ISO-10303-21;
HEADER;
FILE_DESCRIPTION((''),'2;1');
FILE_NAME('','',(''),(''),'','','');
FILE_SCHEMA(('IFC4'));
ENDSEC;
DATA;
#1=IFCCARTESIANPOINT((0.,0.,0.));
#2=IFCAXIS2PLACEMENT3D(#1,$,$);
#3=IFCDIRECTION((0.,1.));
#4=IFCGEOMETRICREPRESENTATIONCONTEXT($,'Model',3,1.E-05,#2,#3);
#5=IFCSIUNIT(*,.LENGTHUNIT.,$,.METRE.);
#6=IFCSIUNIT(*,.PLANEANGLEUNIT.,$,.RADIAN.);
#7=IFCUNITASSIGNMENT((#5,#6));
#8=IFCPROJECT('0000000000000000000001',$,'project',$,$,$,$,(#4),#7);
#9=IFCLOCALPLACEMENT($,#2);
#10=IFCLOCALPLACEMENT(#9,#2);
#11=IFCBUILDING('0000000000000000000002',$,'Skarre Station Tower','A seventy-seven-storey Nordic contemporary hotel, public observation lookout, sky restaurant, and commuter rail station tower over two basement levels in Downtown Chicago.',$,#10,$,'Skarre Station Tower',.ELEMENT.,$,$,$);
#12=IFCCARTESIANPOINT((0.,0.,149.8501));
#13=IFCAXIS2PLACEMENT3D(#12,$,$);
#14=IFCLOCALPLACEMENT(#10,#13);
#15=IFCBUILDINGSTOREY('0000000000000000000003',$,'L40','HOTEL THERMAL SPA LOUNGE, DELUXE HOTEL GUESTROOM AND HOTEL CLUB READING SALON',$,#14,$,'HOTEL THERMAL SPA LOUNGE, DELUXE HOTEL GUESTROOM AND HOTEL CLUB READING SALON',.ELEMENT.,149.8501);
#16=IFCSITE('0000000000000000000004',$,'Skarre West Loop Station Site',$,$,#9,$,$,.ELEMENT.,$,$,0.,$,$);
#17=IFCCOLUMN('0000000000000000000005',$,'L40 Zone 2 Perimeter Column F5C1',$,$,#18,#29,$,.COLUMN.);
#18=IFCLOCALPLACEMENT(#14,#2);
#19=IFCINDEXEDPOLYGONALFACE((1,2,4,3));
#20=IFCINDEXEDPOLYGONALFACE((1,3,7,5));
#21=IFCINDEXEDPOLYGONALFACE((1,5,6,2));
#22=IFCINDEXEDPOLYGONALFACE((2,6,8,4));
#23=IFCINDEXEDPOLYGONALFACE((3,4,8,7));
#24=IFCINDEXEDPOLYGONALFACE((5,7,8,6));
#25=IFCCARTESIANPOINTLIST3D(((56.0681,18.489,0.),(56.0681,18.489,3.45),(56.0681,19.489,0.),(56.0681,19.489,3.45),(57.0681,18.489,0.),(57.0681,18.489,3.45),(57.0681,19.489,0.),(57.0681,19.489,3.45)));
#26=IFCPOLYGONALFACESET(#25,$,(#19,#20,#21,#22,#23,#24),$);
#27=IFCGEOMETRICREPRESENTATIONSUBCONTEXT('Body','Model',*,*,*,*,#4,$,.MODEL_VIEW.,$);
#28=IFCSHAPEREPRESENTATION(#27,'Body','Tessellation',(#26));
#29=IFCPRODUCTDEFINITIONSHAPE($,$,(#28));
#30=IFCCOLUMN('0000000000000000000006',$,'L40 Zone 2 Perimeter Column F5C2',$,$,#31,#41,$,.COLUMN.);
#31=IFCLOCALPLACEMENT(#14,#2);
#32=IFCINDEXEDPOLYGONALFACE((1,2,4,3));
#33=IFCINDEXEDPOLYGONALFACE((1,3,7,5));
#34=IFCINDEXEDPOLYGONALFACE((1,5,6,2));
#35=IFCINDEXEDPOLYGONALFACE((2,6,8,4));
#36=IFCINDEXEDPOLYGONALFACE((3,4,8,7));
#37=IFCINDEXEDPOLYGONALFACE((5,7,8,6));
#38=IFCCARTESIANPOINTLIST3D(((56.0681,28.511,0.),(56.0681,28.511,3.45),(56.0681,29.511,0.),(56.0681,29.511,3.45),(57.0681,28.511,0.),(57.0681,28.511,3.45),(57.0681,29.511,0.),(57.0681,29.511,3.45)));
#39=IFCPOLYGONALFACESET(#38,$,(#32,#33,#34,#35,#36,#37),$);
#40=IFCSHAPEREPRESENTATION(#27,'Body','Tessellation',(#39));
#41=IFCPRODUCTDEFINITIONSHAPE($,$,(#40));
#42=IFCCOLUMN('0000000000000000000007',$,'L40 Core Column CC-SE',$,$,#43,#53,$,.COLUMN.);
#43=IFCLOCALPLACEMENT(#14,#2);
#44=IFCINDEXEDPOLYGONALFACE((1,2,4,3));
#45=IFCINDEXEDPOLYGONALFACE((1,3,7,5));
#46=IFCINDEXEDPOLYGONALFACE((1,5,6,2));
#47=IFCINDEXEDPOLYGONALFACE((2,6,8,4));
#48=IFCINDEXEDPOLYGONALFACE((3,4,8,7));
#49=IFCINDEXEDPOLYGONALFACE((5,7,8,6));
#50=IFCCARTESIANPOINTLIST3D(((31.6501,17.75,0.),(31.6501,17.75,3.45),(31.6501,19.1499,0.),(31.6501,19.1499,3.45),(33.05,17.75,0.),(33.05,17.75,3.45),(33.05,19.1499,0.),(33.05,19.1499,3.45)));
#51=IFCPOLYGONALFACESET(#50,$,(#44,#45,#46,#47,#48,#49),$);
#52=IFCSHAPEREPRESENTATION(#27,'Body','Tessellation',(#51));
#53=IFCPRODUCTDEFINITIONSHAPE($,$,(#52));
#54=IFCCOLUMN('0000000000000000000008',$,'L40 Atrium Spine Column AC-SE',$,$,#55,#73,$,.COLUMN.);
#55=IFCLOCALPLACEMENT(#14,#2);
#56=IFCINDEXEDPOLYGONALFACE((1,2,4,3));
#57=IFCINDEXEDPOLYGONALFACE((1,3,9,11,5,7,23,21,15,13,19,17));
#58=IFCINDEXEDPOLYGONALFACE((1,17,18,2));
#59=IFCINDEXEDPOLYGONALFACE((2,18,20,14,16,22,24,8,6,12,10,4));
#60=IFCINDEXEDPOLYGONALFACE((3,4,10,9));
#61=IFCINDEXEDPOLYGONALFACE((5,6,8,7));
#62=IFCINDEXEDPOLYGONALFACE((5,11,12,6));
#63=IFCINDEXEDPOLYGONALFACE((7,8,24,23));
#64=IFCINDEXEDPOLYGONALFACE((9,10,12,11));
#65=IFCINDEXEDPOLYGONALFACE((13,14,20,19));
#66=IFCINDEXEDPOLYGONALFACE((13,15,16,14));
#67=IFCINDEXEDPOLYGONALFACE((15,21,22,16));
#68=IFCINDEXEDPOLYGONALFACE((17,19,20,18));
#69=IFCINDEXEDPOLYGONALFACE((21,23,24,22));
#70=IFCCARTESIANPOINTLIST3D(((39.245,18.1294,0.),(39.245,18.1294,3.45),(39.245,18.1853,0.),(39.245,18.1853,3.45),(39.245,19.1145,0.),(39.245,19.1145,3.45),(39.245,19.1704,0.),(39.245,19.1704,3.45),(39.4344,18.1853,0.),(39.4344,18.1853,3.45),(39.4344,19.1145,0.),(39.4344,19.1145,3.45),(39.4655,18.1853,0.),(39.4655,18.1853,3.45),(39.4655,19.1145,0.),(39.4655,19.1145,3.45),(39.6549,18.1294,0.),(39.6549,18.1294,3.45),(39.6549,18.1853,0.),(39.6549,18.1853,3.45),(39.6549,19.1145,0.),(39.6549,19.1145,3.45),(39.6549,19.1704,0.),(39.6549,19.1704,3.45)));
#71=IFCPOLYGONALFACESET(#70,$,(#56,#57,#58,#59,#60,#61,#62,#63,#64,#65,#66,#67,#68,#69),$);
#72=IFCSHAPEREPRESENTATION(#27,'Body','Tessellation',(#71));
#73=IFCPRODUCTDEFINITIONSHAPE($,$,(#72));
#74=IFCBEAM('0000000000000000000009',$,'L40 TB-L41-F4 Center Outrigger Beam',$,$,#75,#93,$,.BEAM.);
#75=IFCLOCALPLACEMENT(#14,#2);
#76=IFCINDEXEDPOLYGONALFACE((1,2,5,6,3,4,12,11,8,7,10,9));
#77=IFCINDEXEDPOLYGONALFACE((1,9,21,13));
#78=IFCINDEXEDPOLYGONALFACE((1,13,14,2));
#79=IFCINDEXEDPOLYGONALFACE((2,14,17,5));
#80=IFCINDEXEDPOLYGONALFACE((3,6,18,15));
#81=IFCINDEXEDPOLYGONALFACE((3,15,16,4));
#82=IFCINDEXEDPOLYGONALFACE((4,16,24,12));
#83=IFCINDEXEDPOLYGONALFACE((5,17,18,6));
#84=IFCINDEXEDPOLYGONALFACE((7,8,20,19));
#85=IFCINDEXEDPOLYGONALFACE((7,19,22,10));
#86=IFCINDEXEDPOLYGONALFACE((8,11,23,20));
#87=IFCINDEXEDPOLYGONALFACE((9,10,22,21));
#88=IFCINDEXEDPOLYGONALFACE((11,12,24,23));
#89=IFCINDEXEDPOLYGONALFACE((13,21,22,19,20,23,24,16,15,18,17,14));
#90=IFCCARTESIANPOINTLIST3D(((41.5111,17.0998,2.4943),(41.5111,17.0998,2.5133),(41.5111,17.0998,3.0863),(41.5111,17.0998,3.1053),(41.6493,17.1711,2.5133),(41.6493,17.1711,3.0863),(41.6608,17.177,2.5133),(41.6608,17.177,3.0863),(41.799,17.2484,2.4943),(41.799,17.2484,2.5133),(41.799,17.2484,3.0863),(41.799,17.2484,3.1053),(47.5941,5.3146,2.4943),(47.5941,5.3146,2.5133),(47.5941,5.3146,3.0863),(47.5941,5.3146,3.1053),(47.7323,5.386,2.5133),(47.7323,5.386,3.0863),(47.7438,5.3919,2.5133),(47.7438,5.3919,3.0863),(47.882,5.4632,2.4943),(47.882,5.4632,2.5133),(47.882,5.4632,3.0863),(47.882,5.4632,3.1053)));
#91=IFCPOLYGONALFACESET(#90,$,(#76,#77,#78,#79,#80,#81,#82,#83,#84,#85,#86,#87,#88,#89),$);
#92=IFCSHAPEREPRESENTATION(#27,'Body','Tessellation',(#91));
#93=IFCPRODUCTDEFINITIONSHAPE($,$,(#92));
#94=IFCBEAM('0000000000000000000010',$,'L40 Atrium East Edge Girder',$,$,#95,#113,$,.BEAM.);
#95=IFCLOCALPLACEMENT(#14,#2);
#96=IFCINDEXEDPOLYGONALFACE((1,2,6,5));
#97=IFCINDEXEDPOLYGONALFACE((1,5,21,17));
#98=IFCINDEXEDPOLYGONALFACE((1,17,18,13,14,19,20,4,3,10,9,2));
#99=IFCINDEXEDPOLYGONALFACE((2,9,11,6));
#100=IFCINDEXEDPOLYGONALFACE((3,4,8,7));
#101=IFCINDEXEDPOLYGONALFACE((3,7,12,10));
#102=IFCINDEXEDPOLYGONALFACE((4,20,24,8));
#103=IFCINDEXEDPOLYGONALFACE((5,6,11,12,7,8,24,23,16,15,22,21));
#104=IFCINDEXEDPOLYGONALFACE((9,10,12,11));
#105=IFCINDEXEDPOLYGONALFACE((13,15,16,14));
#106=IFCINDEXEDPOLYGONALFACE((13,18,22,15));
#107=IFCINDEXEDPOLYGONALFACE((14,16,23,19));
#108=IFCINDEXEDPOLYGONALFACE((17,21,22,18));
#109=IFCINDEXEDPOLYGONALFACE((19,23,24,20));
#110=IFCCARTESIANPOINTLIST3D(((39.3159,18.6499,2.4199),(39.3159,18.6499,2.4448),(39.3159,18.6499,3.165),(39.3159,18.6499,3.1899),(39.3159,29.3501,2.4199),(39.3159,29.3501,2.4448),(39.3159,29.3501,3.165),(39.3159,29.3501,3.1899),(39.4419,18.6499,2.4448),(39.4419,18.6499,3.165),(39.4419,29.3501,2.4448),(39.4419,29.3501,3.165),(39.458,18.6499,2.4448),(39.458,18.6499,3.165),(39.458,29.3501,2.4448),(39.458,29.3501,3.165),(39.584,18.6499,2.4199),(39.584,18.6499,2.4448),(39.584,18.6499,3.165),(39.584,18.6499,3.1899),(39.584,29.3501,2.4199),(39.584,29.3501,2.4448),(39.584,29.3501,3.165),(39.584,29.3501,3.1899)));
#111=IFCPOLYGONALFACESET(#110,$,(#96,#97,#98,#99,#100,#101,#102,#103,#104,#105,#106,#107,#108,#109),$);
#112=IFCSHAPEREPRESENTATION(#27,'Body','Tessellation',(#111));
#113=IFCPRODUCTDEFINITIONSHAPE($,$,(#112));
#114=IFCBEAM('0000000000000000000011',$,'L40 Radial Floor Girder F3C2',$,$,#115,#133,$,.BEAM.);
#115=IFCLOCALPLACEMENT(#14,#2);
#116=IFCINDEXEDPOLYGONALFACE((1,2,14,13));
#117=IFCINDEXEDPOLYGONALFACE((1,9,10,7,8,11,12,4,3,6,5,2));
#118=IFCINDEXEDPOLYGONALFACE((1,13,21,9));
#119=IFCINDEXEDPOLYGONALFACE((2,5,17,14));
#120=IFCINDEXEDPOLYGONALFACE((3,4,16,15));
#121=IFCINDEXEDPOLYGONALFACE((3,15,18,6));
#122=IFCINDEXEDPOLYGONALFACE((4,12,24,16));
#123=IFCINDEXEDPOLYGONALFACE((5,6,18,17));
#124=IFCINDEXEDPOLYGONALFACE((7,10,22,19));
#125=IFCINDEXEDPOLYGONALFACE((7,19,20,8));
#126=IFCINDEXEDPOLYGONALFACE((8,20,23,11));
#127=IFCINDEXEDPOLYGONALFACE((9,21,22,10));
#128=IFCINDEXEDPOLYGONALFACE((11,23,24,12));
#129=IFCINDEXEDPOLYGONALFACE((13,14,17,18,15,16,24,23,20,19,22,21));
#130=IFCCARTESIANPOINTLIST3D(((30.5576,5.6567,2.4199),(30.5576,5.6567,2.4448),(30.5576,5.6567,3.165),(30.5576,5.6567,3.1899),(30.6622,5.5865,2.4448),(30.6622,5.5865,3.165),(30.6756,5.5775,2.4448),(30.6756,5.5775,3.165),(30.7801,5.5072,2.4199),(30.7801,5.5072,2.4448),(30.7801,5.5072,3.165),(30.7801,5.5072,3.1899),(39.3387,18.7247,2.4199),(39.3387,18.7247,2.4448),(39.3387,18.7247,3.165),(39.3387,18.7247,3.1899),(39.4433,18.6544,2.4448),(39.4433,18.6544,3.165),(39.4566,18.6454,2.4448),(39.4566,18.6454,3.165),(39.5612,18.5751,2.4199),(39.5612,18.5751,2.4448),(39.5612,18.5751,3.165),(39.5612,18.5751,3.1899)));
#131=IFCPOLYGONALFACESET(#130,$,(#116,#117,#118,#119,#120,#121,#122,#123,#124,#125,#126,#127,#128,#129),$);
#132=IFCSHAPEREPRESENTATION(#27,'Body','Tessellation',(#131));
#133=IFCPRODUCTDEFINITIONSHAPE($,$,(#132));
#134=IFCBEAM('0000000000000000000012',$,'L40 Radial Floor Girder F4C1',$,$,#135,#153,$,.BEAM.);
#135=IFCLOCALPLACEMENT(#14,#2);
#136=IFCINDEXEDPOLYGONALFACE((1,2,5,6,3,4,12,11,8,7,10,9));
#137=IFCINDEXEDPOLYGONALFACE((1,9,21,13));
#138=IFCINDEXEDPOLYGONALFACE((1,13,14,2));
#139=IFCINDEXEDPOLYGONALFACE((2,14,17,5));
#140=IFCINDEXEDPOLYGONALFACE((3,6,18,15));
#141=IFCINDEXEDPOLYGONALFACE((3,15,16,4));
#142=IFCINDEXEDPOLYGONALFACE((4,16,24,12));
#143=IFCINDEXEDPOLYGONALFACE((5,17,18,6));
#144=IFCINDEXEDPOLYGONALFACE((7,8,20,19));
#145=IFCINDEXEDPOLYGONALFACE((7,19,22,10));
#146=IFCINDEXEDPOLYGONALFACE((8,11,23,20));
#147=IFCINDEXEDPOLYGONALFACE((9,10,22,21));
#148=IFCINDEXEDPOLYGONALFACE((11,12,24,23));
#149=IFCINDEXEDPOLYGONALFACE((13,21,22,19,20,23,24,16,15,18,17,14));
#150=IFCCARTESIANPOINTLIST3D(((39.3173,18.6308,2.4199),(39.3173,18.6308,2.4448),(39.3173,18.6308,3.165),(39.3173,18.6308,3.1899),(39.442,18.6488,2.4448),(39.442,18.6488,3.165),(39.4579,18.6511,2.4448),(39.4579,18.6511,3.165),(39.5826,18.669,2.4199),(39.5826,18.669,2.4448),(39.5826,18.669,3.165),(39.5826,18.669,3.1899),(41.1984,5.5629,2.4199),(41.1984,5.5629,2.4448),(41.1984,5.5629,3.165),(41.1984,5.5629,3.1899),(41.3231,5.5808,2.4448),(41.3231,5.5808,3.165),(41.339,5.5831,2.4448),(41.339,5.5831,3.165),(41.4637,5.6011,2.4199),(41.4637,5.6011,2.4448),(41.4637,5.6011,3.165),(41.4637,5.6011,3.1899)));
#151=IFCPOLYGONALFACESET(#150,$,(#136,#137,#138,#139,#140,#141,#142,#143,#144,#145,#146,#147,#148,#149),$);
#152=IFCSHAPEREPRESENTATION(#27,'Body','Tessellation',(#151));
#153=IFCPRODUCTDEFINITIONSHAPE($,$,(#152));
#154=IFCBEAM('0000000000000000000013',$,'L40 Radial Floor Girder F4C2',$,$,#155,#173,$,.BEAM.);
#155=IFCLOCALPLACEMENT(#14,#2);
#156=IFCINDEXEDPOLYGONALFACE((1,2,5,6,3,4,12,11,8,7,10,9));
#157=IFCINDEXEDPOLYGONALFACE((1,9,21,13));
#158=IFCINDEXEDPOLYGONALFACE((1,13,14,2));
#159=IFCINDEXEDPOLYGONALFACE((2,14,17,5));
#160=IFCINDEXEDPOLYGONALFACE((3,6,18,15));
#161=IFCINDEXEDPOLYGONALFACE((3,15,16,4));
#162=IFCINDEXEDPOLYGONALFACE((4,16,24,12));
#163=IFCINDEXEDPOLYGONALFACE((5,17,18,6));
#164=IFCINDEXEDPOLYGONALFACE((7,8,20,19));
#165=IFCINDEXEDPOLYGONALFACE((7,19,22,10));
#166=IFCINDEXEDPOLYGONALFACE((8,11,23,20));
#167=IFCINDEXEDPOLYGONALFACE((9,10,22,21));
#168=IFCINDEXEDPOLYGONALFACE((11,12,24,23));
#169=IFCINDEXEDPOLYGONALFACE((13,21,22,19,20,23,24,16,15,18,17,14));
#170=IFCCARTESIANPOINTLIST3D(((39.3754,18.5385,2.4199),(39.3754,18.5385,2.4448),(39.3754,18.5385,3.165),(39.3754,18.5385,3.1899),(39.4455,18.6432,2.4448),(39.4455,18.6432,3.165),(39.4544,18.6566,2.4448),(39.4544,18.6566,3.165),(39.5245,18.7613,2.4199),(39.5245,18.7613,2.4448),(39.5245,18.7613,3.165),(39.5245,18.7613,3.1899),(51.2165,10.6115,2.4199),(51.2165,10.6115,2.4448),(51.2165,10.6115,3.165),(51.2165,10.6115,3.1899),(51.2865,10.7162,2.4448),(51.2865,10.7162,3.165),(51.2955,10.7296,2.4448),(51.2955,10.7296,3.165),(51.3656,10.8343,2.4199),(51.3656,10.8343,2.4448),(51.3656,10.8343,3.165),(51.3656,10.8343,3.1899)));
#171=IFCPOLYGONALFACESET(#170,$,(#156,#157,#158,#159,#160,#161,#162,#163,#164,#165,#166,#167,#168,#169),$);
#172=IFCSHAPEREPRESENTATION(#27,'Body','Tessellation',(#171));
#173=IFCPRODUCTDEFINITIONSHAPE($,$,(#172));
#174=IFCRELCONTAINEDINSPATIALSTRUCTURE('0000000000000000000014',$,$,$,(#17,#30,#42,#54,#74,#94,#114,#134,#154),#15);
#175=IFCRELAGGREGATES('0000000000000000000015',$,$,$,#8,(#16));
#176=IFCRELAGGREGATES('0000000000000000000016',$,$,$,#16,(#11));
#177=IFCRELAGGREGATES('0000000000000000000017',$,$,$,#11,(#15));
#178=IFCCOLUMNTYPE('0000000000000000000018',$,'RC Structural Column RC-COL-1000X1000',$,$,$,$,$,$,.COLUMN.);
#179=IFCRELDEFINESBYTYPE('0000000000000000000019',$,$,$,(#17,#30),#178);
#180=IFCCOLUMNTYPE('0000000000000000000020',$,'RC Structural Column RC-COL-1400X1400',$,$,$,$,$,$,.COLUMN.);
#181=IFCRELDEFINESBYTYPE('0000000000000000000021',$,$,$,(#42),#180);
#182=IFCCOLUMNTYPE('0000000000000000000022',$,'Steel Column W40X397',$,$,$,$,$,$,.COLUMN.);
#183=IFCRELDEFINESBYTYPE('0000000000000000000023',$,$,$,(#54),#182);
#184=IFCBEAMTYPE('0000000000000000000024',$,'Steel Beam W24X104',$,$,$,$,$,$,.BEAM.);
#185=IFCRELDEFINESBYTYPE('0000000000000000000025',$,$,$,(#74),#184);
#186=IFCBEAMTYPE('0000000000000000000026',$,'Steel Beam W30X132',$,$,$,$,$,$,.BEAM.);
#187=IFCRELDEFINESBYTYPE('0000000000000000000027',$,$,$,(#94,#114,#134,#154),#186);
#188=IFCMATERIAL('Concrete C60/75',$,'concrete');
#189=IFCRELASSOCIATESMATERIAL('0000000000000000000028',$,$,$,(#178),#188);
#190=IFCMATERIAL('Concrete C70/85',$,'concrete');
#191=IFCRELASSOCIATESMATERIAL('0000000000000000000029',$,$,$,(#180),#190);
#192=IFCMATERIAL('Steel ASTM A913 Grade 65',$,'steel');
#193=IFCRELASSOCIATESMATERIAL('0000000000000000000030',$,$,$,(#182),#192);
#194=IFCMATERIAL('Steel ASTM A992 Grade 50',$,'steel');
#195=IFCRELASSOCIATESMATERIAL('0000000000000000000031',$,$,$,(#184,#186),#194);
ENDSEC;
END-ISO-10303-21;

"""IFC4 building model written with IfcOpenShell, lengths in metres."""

from ifc_helpers import new_model, si_unit, direction, frame, origin, origin_2d, place, context, subcontext, project, spatial, rectangle, i_section, extrude, material, material_profile, profile_set, type_object, element, save


model = new_model("IFC4")

# Units and contexts
model_context = context("Model", 3, precision=1e-05, world=origin(), true_north=direction((0.0, 1.0)))
body_context = subcontext(model_context, "Body", "Model", "MODEL_VIEW")
ifc_project = project(units=[si_unit("LENGTHUNIT", "METRE"), si_unit("PLANEANGLEUNIT", "RADIAN")], contexts=[model_context])

# Site, building, storey
site_placement = place(None, origin())
site = spatial("IfcSite", under=ifc_project, at=site_placement, Name="Skarre West Loop Station Site", CompositionType="ELEMENT", RefElevation=0.0)
building_placement = place(site_placement, origin())
building = spatial("IfcBuilding", under=site, at=building_placement, Name="Skarre Station Tower", Description="A seventy-seven-storey Nordic contemporary hotel, public observation lookout, sky restaurant, and commuter rail station tower over two basement levels in Downtown Chicago.", LongName="Skarre Station Tower", CompositionType="ELEMENT")
storey_placement = place(building_placement, frame((0.0, 0.0, 149.8501)))
storey = spatial("IfcBuildingStorey", under=building, at=storey_placement, Name="L40", Description="HOTEL THERMAL SPA LOUNGE, DELUXE HOTEL GUESTROOM AND HOTEL CLUB READING SALON", LongName="HOTEL THERMAL SPA LOUNGE, DELUXE HOTEL GUESTROOM AND HOTEL CLUB READING SALON", CompositionType="ELEMENT", Elevation=149.8501)

# Columns
ifc_material_1 = material(Name="Concrete C60/75", Category="concrete")
ifc_material_profile_1 = material_profile(ifc_material_1, rectangle(XDim=1.0, YDim=1.0, at=origin_2d()), Name="Concrete C60/75")
ifc_profile_set_1 = profile_set([ifc_material_profile_1], Name="Concrete C60/75")
column_type_1 = type_object("IfcColumnType", Name="RC Structural Column RC-COL-1000X1000", PredefinedType="COLUMN", material=ifc_profile_set_1)
for number, where, z_axis, x_axis, name in (
    (1, (56.5681, 18.989, 0.0), (0.0, 0.0, 1.0), (1.0, 0.0, 0.0), "L40 Zone 2 Perimeter Column F5C1"),
    (2, (56.5681, 29.011, 0.0), (0.0, 0.0, 1.0), (1.0, 0.0, 0.0), "L40 Zone 2 Perimeter Column F5C2"),
):
    element("IfcColumn", number, at=place(storey_placement, frame(where, z_axis=z_axis, x_axis=x_axis)), inside=storey, type_object=column_type_1, Name=name, PredefinedType="COLUMN", context=body_context, shape_type="SweptSolid", body=[
        extrude(rectangle(XDim=1.0, YDim=1.0, at=origin_2d()), origin(), (0.0, 0.0, 1.0), 3.45),
    ])
ifc_material_2 = material(Name="Concrete C70/85", Category="concrete")
ifc_material_profile_2 = material_profile(ifc_material_2, rectangle(XDim=1.3999, YDim=1.3999, at=origin_2d()), Name="Concrete C70/85")
ifc_profile_set_2 = profile_set([ifc_material_profile_2], Name="Concrete C70/85")
column_type_2 = type_object("IfcColumnType", Name="RC Structural Column RC-COL-1400X1400", PredefinedType="COLUMN", material=ifc_profile_set_2)
column_1_placement = place(storey_placement, frame((32.3501, 18.45, 0.0), z_axis=(0.0, 0.0, 1.0), x_axis=(1.0, 0.0, 0.0)))
element("IfcColumn", 3, at=column_1_placement, inside=storey, type_object=column_type_2, Name="L40 Core Column CC-SE", PredefinedType="COLUMN", context=body_context, shape_type="SweptSolid", body=[
    extrude(rectangle(XDim=1.3999, YDim=1.3999, at=origin_2d()), origin(), (0.0, 0.0, 1.0), 3.45),
])
ifc_material_3 = material(Name="Steel ASTM A913 Grade 65", Category="steel")
ifc_material_profile_3 = material_profile(ifc_material_3, i_section(OverallWidth=0.4099, OverallDepth=1.041, WebThickness=0.031, FlangeThickness=0.0559, at=origin_2d()), Name="Steel ASTM A913 Grade 65")
ifc_profile_set_3 = profile_set([ifc_material_profile_3], Name="Steel ASTM A913 Grade 65")
column_type_3 = type_object("IfcColumnType", Name="Steel Column W40X397", PredefinedType="COLUMN", material=ifc_profile_set_3)
column_2_placement = place(storey_placement, frame((39.45, 18.6499, 0.0), z_axis=(0.0, 0.0, 1.0), x_axis=(1.0, 0.0, 0.0)))
element("IfcColumn", 4, at=column_2_placement, inside=storey, type_object=column_type_3, Name="L40 Atrium Spine Column AC-SE", PredefinedType="COLUMN", context=body_context, shape_type="SweptSolid", body=[
    extrude(i_section(OverallWidth=0.4099, OverallDepth=1.041, WebThickness=0.031, FlangeThickness=0.0559, at=origin_2d()), origin(), (0.0, 0.0, 1.0), 3.45),
])

# Beams
ifc_material_4 = material(Name="Steel ASTM A992 Grade 50", Category="steel")
ifc_material_profile_4 = material_profile(ifc_material_4, i_section(OverallWidth=0.324, OverallDepth=0.6111, WebThickness=0.0129, FlangeThickness=0.019, at=origin_2d()), Name="Steel ASTM A992 Grade 50")
ifc_profile_set_4 = profile_set([ifc_material_profile_4], Name="Steel ASTM A992 Grade 50")
beam_type_1 = type_object("IfcBeamType", Name="Steel Beam W24X104", PredefinedType="BEAM", material=ifc_profile_set_4)
beam_1_placement = place(storey_placement, frame((41.655, 17.1741, 2.7998), z_axis=(0.458664, -0.88861, 0.0), x_axis=(0.88861, 0.458664, 0.0)))
element("IfcBeam", 5, at=beam_1_placement, inside=storey, type_object=beam_type_1, Name="L40 TB-L41-F4 Center Outrigger Beam", PredefinedType="BEAM", context=body_context, shape_type="SweptSolid", body=[
    extrude(i_section(OverallWidth=0.324, OverallDepth=0.6111, WebThickness=0.0129, FlangeThickness=0.019, at=origin_2d()), origin(), (0.0, 0.0, 1.0), 13.2625),
])
ifc_material_profile_5 = material_profile(ifc_material_4, i_section(OverallWidth=0.2681, OverallDepth=0.77, WebThickness=0.0161, FlangeThickness=0.0249, at=origin_2d()), Name="Steel ASTM A992 Grade 50")
ifc_profile_set_5 = profile_set([ifc_material_profile_5], Name="Steel ASTM A992 Grade 50")
beam_type_2 = type_object("IfcBeamType", Name="Steel Beam W30X132", PredefinedType="BEAM", material=ifc_profile_set_5)
beam_2_placement = place(storey_placement, frame((39.45, 18.6499, 2.8049), z_axis=(0.0, 1.0, 0.0), x_axis=(-1.0, 0.0, 0.0)))
element("IfcBeam", 6, at=beam_2_placement, inside=storey, type_object=beam_type_2, Name="L40 Atrium East Edge Girder", PredefinedType="BEAM", context=body_context, shape_type="SweptSolid", body=[
    extrude(i_section(OverallWidth=0.2681, OverallDepth=0.77, WebThickness=0.0161, FlangeThickness=0.0249, at=origin_2d()), origin(), (0.0, 0.0, 1.0), 10.7002),
])
beam_3_placement = place(storey_placement, frame((39.45, 18.6499, 2.8049), z_axis=(-0.557735, -0.830019, 0.0), x_axis=(0.830019, -0.557735, 0.0)))
element("IfcBeam", 7, at=beam_3_placement, inside=storey, type_object=beam_type_2, Name="L40 Radial Floor Girder F3C2", PredefinedType="BEAM", context=body_context, shape_type="SweptSolid", body=[
    extrude(i_section(OverallWidth=0.2681, OverallDepth=0.77, WebThickness=0.0161, FlangeThickness=0.0249, at=origin_2d()), origin(), (0.0, 0.0, 1.0), 15.7441),
])
beam_4_placement = place(storey_placement, frame((39.45, 18.6499, 2.8049), z_axis=(0.14248, -0.989798, 0.0), x_axis=(0.989798, 0.14248, 0.0)))
element("IfcBeam", 8, at=beam_4_placement, inside=storey, type_object=beam_type_2, Name="L40 Radial Floor Girder F4C1", PredefinedType="BEAM", context=body_context, shape_type="SweptSolid", body=[
    extrude(i_section(OverallWidth=0.2681, OverallDepth=0.77, WebThickness=0.0161, FlangeThickness=0.0249, at=origin_2d()), origin(), (0.0, 0.0, 1.0), 13.2026),
])
beam_5_placement = place(storey_placement, frame((39.45, 18.6499, 2.8049), z_axis=(0.830981, -0.5563, 0.0), x_axis=(0.5563, 0.830981, 0.0)))
element("IfcBeam", 9, at=beam_5_placement, inside=storey, type_object=beam_type_2, Name="L40 Radial Floor Girder F4C2", PredefinedType="BEAM", context=body_context, shape_type="SweptSolid", body=[
    extrude(i_section(OverallWidth=0.2681, OverallDepth=0.77, WebThickness=0.0161, FlangeThickness=0.0249, at=origin_2d()), origin(), (0.0, 0.0, 1.0), 14.2495),
])

save(model, "model.ifc")
